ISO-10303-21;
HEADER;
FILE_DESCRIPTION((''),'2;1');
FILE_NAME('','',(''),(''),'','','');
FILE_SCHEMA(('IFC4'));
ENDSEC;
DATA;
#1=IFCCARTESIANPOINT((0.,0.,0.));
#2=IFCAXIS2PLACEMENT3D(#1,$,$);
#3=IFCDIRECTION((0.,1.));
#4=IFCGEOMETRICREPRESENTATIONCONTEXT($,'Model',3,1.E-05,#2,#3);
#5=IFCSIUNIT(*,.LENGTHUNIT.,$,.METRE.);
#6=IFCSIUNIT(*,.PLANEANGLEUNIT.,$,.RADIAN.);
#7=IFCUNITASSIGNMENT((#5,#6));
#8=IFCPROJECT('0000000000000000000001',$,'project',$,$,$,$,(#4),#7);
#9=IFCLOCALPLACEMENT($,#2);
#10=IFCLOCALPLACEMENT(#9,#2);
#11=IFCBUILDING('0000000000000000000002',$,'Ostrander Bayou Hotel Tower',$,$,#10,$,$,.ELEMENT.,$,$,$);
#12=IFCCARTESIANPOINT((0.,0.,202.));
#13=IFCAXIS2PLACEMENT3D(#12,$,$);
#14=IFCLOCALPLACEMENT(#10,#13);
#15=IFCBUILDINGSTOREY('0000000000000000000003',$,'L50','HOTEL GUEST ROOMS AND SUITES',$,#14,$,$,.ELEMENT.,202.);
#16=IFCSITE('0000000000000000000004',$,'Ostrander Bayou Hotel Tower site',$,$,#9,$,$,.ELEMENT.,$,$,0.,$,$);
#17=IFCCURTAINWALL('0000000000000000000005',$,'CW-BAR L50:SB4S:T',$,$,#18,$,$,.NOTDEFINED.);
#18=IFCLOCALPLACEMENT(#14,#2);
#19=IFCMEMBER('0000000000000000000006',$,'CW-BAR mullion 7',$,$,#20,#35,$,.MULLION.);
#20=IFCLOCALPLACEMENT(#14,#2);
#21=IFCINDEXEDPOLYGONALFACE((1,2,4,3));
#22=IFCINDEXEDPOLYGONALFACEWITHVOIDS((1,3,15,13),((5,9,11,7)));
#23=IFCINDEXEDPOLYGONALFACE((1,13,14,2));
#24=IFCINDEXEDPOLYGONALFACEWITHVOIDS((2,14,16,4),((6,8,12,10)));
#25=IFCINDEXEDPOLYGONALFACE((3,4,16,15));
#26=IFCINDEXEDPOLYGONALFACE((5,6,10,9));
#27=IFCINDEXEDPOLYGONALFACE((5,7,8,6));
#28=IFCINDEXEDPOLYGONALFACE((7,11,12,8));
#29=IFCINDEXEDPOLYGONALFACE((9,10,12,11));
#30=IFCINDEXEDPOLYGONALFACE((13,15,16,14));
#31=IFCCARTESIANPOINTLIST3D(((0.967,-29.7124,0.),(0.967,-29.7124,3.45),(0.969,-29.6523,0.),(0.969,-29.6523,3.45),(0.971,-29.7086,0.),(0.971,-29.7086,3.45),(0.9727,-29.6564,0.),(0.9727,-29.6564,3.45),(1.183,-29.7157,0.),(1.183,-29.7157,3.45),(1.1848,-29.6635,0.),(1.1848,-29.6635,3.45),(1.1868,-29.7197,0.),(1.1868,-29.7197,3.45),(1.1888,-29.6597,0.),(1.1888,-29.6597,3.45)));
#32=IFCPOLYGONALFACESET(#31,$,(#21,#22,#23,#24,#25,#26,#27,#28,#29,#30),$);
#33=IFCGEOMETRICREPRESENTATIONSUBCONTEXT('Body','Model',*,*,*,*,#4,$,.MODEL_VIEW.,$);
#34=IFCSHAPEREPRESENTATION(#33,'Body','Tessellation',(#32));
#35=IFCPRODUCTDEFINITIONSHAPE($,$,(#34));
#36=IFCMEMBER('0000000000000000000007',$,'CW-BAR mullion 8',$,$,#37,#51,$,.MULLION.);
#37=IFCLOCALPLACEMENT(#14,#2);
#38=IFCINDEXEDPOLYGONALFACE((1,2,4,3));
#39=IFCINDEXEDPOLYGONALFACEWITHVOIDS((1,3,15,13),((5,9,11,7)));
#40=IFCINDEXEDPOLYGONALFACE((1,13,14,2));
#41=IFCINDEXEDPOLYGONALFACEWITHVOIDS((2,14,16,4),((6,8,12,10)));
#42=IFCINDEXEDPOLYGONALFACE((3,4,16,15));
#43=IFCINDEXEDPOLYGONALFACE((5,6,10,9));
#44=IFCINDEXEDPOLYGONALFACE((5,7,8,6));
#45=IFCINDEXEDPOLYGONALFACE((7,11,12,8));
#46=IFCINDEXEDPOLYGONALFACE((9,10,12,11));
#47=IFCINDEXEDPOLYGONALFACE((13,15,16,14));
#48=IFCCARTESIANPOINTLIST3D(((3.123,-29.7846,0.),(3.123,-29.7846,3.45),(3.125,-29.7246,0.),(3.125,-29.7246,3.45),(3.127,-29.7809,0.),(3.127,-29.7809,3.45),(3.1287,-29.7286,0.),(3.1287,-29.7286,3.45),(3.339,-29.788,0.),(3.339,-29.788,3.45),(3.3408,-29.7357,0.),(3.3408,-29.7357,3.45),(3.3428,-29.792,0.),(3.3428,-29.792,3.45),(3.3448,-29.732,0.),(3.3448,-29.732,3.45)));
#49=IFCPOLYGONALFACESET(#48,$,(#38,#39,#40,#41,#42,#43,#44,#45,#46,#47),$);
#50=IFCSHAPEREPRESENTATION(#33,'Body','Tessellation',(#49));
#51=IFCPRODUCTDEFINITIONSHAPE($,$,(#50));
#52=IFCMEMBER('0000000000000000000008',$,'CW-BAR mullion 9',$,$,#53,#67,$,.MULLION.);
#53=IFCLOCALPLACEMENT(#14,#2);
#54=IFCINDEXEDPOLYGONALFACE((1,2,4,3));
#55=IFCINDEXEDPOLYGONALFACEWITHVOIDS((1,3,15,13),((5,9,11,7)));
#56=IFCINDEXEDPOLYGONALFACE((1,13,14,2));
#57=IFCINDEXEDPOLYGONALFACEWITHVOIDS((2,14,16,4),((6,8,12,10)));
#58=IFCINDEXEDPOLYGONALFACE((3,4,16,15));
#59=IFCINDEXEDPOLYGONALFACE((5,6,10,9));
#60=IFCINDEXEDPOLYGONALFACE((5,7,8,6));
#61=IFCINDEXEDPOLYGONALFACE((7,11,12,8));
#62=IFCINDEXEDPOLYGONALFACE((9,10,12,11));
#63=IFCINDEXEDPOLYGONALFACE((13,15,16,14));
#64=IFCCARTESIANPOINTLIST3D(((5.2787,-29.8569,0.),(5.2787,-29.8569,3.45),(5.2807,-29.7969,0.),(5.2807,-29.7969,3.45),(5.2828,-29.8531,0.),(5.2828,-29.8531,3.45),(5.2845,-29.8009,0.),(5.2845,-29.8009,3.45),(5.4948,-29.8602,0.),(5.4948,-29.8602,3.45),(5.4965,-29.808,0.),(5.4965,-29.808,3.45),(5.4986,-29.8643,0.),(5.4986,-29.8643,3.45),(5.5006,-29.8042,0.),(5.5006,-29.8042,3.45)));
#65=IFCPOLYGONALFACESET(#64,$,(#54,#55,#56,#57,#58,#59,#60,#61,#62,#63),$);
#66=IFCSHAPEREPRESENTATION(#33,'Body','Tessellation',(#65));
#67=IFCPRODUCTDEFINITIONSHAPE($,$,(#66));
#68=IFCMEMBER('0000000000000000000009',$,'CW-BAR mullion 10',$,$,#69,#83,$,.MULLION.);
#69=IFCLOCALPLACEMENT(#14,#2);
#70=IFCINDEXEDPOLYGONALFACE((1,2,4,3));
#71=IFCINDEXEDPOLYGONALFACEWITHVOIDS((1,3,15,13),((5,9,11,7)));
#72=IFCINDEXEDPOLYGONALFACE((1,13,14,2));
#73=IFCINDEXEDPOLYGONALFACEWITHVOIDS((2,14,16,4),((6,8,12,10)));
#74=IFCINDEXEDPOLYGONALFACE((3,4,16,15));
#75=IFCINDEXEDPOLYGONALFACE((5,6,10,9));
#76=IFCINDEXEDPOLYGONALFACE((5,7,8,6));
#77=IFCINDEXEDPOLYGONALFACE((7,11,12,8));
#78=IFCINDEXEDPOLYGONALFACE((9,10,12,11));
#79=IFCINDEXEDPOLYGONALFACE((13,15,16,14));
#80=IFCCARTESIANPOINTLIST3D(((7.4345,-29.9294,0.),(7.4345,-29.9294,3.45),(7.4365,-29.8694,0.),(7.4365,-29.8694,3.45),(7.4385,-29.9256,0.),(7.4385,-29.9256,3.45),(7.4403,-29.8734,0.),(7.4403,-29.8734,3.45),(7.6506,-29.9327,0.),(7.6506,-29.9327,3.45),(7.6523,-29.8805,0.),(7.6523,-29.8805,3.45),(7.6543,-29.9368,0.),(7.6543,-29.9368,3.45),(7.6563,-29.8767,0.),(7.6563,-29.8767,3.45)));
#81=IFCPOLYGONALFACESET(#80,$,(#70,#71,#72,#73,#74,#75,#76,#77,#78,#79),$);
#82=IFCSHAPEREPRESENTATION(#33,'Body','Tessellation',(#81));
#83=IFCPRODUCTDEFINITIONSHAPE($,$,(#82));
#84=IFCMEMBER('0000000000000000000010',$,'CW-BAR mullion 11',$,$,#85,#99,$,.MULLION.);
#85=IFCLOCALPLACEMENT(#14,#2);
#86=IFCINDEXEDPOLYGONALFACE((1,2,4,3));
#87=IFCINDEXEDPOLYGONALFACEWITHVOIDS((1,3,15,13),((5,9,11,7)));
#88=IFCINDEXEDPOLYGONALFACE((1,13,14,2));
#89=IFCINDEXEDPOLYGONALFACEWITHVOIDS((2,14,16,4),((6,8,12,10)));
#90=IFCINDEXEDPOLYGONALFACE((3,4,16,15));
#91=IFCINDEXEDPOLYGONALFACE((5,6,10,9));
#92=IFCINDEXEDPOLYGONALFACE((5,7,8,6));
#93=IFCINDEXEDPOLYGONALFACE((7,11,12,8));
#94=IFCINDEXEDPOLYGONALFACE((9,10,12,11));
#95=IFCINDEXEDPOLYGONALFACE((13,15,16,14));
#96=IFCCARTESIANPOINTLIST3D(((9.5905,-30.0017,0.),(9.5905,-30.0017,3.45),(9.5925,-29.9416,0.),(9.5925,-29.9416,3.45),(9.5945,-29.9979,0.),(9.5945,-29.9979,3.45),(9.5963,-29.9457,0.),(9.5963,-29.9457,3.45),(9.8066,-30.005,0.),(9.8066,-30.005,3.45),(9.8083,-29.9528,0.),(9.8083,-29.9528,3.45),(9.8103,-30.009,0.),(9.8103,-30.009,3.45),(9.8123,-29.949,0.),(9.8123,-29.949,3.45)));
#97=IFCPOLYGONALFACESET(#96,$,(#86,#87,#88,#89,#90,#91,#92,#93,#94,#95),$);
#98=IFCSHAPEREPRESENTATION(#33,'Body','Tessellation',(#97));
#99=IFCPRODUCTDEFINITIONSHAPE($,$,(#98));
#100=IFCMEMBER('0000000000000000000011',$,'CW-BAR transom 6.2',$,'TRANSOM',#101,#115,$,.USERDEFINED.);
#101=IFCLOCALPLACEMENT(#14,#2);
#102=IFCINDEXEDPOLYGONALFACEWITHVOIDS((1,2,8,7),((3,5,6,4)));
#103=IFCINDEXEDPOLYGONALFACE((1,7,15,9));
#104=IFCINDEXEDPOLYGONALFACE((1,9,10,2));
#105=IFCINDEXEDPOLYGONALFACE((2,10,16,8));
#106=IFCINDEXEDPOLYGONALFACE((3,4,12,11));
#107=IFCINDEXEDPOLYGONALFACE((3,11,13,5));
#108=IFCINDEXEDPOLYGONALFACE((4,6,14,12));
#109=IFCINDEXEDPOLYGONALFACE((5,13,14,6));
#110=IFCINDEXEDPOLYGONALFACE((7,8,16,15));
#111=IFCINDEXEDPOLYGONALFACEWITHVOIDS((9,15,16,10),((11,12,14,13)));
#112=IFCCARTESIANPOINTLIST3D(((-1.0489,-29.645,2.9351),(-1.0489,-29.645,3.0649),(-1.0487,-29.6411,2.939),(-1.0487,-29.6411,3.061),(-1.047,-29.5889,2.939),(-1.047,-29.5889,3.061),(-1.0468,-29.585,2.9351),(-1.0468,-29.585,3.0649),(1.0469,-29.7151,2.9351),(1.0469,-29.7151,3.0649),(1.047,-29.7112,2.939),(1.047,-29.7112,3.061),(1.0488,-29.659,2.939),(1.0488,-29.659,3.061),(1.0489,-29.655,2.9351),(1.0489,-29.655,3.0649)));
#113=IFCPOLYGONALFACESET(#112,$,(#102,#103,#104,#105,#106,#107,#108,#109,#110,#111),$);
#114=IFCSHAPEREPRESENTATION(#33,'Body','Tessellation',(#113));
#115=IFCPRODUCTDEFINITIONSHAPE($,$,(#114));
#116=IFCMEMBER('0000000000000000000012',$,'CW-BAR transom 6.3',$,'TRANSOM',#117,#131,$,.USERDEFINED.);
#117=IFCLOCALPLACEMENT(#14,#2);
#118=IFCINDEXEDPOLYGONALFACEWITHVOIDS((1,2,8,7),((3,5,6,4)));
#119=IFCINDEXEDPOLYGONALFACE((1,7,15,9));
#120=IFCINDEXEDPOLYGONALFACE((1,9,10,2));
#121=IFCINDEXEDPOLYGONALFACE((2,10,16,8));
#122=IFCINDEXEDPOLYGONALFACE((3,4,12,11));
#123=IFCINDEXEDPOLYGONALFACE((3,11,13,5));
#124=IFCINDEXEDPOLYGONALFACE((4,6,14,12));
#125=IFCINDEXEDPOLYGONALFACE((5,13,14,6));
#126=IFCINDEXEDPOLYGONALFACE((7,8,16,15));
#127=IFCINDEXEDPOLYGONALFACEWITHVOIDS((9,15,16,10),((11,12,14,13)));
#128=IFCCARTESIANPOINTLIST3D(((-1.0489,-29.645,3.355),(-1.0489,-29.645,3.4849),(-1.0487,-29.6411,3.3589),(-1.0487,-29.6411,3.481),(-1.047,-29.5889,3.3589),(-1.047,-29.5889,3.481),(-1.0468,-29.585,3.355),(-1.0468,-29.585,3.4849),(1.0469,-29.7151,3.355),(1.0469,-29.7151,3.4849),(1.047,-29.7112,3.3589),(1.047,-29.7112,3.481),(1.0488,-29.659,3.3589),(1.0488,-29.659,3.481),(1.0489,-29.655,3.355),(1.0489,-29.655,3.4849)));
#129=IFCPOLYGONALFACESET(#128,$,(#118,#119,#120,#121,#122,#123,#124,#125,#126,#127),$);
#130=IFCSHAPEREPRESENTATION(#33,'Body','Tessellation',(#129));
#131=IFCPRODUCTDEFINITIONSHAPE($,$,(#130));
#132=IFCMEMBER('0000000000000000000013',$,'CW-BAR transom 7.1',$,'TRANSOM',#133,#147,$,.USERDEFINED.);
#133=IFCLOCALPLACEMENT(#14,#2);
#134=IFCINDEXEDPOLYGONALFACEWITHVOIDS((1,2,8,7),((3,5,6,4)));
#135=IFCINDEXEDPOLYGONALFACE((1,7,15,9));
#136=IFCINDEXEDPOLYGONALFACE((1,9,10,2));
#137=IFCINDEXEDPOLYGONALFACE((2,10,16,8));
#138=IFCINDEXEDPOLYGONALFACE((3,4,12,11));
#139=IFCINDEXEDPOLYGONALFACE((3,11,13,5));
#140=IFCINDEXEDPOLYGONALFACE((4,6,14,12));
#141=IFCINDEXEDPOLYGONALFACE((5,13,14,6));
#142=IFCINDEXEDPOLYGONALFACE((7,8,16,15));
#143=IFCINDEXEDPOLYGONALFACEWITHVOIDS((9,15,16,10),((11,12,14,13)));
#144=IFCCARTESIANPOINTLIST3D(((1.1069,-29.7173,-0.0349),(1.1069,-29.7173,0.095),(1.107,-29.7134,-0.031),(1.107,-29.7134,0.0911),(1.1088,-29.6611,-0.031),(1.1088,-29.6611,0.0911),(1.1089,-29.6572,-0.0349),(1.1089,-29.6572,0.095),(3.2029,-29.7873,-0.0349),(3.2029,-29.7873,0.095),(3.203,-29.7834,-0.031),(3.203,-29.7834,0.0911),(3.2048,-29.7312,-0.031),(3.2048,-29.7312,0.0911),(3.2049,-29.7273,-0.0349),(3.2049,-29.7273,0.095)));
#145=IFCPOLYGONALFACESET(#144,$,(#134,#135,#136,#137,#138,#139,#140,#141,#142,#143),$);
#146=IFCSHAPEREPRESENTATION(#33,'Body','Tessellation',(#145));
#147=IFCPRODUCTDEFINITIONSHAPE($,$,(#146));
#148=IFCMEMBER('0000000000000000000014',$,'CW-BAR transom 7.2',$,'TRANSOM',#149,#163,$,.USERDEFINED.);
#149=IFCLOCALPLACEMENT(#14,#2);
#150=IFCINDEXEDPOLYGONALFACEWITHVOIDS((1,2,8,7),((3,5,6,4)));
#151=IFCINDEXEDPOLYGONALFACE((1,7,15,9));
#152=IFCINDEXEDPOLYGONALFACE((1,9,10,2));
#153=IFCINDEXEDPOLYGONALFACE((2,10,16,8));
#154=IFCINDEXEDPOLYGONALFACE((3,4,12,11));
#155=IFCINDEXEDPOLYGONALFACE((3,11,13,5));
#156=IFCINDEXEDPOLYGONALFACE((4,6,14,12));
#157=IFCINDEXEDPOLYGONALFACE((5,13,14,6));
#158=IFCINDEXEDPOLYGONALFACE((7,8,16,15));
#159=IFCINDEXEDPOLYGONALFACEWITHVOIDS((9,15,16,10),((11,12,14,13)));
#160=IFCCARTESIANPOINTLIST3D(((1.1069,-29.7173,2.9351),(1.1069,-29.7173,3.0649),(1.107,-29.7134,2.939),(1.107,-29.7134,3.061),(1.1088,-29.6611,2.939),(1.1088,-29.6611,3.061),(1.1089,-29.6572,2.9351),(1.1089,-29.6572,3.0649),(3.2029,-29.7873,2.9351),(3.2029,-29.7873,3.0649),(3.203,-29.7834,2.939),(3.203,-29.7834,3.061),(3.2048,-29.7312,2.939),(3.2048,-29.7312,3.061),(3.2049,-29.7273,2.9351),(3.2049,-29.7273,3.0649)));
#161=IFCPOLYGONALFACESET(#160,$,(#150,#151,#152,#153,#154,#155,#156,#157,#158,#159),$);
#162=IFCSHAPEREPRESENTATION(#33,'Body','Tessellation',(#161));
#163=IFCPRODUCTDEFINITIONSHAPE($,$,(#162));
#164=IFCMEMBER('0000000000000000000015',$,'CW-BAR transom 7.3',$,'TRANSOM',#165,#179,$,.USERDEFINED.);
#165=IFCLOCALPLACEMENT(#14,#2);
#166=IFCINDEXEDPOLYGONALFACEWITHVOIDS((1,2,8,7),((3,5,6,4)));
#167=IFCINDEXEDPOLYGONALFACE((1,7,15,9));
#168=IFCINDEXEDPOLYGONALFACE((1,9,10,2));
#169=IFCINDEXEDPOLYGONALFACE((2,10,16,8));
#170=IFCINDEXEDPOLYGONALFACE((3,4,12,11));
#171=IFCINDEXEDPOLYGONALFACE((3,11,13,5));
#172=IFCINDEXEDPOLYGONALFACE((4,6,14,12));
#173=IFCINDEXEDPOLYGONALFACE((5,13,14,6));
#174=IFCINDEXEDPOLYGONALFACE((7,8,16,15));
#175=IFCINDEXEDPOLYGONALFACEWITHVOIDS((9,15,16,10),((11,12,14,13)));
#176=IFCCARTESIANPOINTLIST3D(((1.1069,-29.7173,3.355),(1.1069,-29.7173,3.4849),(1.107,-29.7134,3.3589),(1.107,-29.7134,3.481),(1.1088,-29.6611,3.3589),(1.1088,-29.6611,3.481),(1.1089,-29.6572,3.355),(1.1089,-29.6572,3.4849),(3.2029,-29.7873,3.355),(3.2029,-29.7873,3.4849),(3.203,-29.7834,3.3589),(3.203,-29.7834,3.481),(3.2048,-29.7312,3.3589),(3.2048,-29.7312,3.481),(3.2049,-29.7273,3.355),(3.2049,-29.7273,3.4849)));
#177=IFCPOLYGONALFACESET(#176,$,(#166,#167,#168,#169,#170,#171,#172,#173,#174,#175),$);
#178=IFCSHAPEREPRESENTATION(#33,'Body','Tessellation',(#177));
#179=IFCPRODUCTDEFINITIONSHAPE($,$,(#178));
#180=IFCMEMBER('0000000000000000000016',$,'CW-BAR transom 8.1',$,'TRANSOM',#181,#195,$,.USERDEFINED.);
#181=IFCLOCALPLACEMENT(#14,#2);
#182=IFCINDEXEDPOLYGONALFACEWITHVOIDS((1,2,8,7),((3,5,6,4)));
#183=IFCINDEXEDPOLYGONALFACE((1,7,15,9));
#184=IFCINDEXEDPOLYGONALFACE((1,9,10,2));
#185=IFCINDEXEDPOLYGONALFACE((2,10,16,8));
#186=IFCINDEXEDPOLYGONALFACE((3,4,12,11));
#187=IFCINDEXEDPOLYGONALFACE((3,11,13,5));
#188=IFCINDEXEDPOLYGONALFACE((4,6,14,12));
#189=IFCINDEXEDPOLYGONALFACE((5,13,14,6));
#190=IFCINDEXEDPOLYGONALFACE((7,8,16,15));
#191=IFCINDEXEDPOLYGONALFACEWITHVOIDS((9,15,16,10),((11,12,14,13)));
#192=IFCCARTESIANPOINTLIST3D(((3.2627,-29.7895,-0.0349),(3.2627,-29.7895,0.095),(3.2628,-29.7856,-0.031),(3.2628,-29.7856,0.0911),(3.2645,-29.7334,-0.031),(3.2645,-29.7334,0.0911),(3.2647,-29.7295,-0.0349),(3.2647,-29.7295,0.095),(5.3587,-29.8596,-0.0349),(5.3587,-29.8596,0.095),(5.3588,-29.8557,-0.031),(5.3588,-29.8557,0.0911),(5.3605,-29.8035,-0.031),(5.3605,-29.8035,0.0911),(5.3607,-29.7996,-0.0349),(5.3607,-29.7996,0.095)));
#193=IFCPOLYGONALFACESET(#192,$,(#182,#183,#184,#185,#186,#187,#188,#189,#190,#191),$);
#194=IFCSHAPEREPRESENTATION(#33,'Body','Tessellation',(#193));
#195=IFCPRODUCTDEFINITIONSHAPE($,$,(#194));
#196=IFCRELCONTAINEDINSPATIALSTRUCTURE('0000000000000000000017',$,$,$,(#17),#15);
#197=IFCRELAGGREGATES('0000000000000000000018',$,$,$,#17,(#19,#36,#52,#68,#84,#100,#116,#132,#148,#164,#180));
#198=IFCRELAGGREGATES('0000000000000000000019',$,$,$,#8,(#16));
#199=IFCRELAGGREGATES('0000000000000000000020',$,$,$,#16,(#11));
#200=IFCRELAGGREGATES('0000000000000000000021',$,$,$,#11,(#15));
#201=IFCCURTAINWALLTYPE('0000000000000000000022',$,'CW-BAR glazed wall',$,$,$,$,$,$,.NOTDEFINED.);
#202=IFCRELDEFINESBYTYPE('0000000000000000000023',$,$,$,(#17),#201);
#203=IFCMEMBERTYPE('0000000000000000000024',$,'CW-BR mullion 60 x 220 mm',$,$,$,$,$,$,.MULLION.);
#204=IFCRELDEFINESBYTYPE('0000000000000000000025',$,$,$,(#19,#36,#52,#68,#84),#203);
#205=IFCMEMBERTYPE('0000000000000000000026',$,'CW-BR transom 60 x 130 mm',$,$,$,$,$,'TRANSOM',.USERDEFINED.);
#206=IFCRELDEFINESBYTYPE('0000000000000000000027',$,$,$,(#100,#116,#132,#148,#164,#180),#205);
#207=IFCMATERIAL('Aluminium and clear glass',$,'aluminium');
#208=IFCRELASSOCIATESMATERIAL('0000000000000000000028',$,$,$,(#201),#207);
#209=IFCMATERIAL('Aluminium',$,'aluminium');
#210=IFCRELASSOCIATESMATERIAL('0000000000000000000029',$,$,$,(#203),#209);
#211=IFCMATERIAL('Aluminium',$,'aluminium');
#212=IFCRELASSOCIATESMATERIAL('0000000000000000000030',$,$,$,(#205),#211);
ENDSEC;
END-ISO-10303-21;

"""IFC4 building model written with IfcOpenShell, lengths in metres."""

from ifc_helpers import new_model, si_unit, direction, frame, origin, origin_2d, place, context, subcontext, project, spatial, hollow_rectangle, extrude, material, material_profile, profile_set, type_object, element, aggregate, save


model = new_model("IFC4")

# Units and contexts
model_context = context("Model", 3, precision=1e-05, world=origin(), true_north=direction((0.0, 1.0)))
body_context = subcontext(model_context, "Body", "Model", "MODEL_VIEW")
ifc_project = project(units=[si_unit("LENGTHUNIT", "METRE"), si_unit("PLANEANGLEUNIT", "RADIAN")], contexts=[model_context])

# Site, building, storey
site_placement = place(None, origin())
site = spatial("IfcSite", under=ifc_project, at=site_placement, Name="Ostrander Bayou Hotel Tower site", CompositionType="ELEMENT", RefElevation=0.0)
building_placement = place(site_placement, origin())
building = spatial("IfcBuilding", under=site, at=building_placement, Name="Ostrander Bayou Hotel Tower", CompositionType="ELEMENT")
storey_placement = place(building_placement, frame((0.0, 0.0, 202.0)))
storey = spatial("IfcBuildingStorey", under=building, at=storey_placement, Name="L50", Description="HOTEL GUEST ROOMS AND SUITES", CompositionType="ELEMENT", Elevation=202.0)

# Curtain wall, members
ifc_material_1 = material(Name="Aluminium and clear glass", Category="aluminium")
curtain_wall_type = type_object("IfcCurtainWallType", Name="CW-BAR glazed wall", PredefinedType="NOTDEFINED", material=ifc_material_1)
curtain_wall_placement = place(storey_placement, origin())
curtain_wall = element("IfcCurtainWall", 1, at=curtain_wall_placement, inside=storey, type_object=curtain_wall_type, Name="CW-BAR L50:SB4S:T", PredefinedType="NOTDEFINED")
ifc_material_2 = material(Name="Aluminium", Category="aluminium")
ifc_material_profile_1 = material_profile(ifc_material_2, hollow_rectangle(XDim=0.0601, YDim=0.22, WallThickness=0.0039, at=origin_2d()))
ifc_profile_set_1 = profile_set([ifc_material_profile_1], Name="Aluminium")
member_type_1 = type_object("IfcMemberType", Name="CW-BR mullion 60 x 220 mm", PredefinedType="MULLION", material=ifc_profile_set_1)
member_1_placement = place(storey_placement, frame((1.0779, -29.686, 0.0), z_axis=(0.0, 0.0, 1.0), x_axis=(0.033505, 0.999439, 0.0)))
member_1 = element("IfcMember", 2, at=member_1_placement, type_object=member_type_1, Name="CW-BAR mullion 7", PredefinedType="MULLION", context=body_context, shape_type="SweptSolid", body=[
    extrude(hollow_rectangle(XDim=0.0601, YDim=0.22, WallThickness=0.0039, at=origin_2d()), origin(), (0.0, 0.0, 1.0), 3.45),
])
member_2_placement = place(storey_placement, frame((3.2339, -29.7583, 0.0), z_axis=(0.0, 0.0, 1.0), x_axis=(0.033505, 0.999439, 0.0)))
member_2 = element("IfcMember", 3, at=member_2_placement, type_object=member_type_1, Name="CW-BAR mullion 8", PredefinedType="MULLION", context=body_context, shape_type="SweptSolid", body=[
    extrude(hollow_rectangle(XDim=0.0601, YDim=0.22, WallThickness=0.0039, at=origin_2d()), origin(), (0.0, 0.0, 1.0), 3.45),
])
member_3_placement = place(storey_placement, frame((5.3896, -29.8306, 0.0), z_axis=(0.0, 0.0, 1.0), x_axis=(0.033505, 0.999439, 0.0)))
member_3 = element("IfcMember", 4, at=member_3_placement, type_object=member_type_1, Name="CW-BAR mullion 9", PredefinedType="MULLION", context=body_context, shape_type="SweptSolid", body=[
    extrude(hollow_rectangle(XDim=0.0601, YDim=0.22, WallThickness=0.0039, at=origin_2d()), origin(), (0.0, 0.0, 1.0), 3.45),
])
member_4_placement = place(storey_placement, frame((7.5454, -29.9031, 0.0), z_axis=(0.0, 0.0, 1.0), x_axis=(0.033505, 0.999439, 0.0)))
member_4 = element("IfcMember", 5, at=member_4_placement, type_object=member_type_1, Name="CW-BAR mullion 10", PredefinedType="MULLION", context=body_context, shape_type="SweptSolid", body=[
    extrude(hollow_rectangle(XDim=0.0601, YDim=0.22, WallThickness=0.0039, at=origin_2d()), origin(), (0.0, 0.0, 1.0), 3.45),
])
member_5_placement = place(storey_placement, frame((9.7014, -29.9753, 0.0), z_axis=(0.0, 0.0, 1.0), x_axis=(0.033505, 0.999439, 0.0)))
member_5 = element("IfcMember", 6, at=member_5_placement, type_object=member_type_1, Name="CW-BAR mullion 11", PredefinedType="MULLION", context=body_context, shape_type="SweptSolid", body=[
    extrude(hollow_rectangle(XDim=0.0601, YDim=0.22, WallThickness=0.0039, at=origin_2d()), origin(), (0.0, 0.0, 1.0), 3.45),
])
ifc_material_3 = material(Name="Aluminium", Category="aluminium")
ifc_material_profile_2 = material_profile(ifc_material_3, hollow_rectangle(XDim=0.0601, YDim=0.1299, WallThickness=0.0039, at=origin_2d()))
ifc_profile_set_2 = profile_set([ifc_material_profile_2], Name="Aluminium")
member_type_2 = type_object("IfcMemberType", Name="CW-BR transom 60 x 130 mm", ElementType="TRANSOM", PredefinedType="USERDEFINED", material=ifc_profile_set_2)
member_6_placement = place(storey_placement, frame((-1.0479, -29.615, 3.0), z_axis=(0.999442, -0.033416, 0.0), x_axis=(0.033416, 0.999442, 0.0)))
member_6 = element("IfcMember", 7, at=member_6_placement, type_object=member_type_2, Name="CW-BAR transom 6.2", ObjectType="TRANSOM", PredefinedType="USERDEFINED", context=body_context, shape_type="SweptSolid", body=[
    extrude(hollow_rectangle(XDim=0.0601, YDim=0.1299, WallThickness=0.0039, at=origin_2d()), origin(), (0.0, 0.0, 1.0), 2.0969),
])
member_7_placement = place(storey_placement, frame((-1.0479, -29.615, 3.4199), z_axis=(0.999442, -0.033416, 0.0), x_axis=(0.033416, 0.999442, 0.0)))
member_7 = element("IfcMember", 8, at=member_7_placement, type_object=member_type_2, Name="CW-BAR transom 6.3", ObjectType="TRANSOM", PredefinedType="USERDEFINED", context=body_context, shape_type="SweptSolid", body=[
    extrude(hollow_rectangle(XDim=0.0601, YDim=0.1299, WallThickness=0.0039, at=origin_2d()), origin(), (0.0, 0.0, 1.0), 2.0969),
])
member_8_placement = place(storey_placement, frame((1.1079, -29.6873, 0.03), z_axis=(0.999442, -0.033412, 0.0), x_axis=(0.033412, 0.999442, 0.0)))
member_8 = element("IfcMember", 9, at=member_8_placement, type_object=member_type_2, Name="CW-BAR transom 7.1", ObjectType="TRANSOM", PredefinedType="USERDEFINED", context=body_context, shape_type="SweptSolid", body=[
    extrude(hollow_rectangle(XDim=0.0601, YDim=0.1299, WallThickness=0.0039, at=origin_2d()), origin(), (0.0, 0.0, 1.0), 2.0972),
])
member_9_placement = place(storey_placement, frame((1.1079, -29.6873, 3.0), z_axis=(0.999442, -0.033412, 0.0), x_axis=(0.033412, 0.999442, 0.0)))
member_9 = element("IfcMember", 10, at=member_9_placement, type_object=member_type_2, Name="CW-BAR transom 7.2", ObjectType="TRANSOM", PredefinedType="USERDEFINED", context=body_context, shape_type="SweptSolid", body=[
    extrude(hollow_rectangle(XDim=0.0601, YDim=0.1299, WallThickness=0.0039, at=origin_2d()), origin(), (0.0, 0.0, 1.0), 2.0972),
])
member_10_placement = place(storey_placement, frame((1.1079, -29.6873, 3.4199), z_axis=(0.999442, -0.033412, 0.0), x_axis=(0.033412, 0.999442, 0.0)))
member_10 = element("IfcMember", 11, at=member_10_placement, type_object=member_type_2, Name="CW-BAR transom 7.3", ObjectType="TRANSOM", PredefinedType="USERDEFINED", context=body_context, shape_type="SweptSolid", body=[
    extrude(hollow_rectangle(XDim=0.0601, YDim=0.1299, WallThickness=0.0039, at=origin_2d()), origin(), (0.0, 0.0, 1.0), 2.0972),
])
member_11_placement = place(storey_placement, frame((3.2637, -29.7595, 0.03), z_axis=(0.999442, -0.033412, 0.0), x_axis=(0.033412, 0.999442, 0.0)))
member_11 = element("IfcMember", 12, at=member_11_placement, type_object=member_type_2, Name="CW-BAR transom 8.1", ObjectType="TRANSOM", PredefinedType="USERDEFINED", context=body_context, shape_type="SweptSolid", body=[
    extrude(hollow_rectangle(XDim=0.0601, YDim=0.1299, WallThickness=0.0039, at=origin_2d()), origin(), (0.0, 0.0, 1.0), 2.0972),
])
aggregate(curtain_wall, [member_1, member_2, member_3, member_4, member_5, member_6, member_7, member_8, member_9, member_10, member_11])

save(model, "model.ifc")
